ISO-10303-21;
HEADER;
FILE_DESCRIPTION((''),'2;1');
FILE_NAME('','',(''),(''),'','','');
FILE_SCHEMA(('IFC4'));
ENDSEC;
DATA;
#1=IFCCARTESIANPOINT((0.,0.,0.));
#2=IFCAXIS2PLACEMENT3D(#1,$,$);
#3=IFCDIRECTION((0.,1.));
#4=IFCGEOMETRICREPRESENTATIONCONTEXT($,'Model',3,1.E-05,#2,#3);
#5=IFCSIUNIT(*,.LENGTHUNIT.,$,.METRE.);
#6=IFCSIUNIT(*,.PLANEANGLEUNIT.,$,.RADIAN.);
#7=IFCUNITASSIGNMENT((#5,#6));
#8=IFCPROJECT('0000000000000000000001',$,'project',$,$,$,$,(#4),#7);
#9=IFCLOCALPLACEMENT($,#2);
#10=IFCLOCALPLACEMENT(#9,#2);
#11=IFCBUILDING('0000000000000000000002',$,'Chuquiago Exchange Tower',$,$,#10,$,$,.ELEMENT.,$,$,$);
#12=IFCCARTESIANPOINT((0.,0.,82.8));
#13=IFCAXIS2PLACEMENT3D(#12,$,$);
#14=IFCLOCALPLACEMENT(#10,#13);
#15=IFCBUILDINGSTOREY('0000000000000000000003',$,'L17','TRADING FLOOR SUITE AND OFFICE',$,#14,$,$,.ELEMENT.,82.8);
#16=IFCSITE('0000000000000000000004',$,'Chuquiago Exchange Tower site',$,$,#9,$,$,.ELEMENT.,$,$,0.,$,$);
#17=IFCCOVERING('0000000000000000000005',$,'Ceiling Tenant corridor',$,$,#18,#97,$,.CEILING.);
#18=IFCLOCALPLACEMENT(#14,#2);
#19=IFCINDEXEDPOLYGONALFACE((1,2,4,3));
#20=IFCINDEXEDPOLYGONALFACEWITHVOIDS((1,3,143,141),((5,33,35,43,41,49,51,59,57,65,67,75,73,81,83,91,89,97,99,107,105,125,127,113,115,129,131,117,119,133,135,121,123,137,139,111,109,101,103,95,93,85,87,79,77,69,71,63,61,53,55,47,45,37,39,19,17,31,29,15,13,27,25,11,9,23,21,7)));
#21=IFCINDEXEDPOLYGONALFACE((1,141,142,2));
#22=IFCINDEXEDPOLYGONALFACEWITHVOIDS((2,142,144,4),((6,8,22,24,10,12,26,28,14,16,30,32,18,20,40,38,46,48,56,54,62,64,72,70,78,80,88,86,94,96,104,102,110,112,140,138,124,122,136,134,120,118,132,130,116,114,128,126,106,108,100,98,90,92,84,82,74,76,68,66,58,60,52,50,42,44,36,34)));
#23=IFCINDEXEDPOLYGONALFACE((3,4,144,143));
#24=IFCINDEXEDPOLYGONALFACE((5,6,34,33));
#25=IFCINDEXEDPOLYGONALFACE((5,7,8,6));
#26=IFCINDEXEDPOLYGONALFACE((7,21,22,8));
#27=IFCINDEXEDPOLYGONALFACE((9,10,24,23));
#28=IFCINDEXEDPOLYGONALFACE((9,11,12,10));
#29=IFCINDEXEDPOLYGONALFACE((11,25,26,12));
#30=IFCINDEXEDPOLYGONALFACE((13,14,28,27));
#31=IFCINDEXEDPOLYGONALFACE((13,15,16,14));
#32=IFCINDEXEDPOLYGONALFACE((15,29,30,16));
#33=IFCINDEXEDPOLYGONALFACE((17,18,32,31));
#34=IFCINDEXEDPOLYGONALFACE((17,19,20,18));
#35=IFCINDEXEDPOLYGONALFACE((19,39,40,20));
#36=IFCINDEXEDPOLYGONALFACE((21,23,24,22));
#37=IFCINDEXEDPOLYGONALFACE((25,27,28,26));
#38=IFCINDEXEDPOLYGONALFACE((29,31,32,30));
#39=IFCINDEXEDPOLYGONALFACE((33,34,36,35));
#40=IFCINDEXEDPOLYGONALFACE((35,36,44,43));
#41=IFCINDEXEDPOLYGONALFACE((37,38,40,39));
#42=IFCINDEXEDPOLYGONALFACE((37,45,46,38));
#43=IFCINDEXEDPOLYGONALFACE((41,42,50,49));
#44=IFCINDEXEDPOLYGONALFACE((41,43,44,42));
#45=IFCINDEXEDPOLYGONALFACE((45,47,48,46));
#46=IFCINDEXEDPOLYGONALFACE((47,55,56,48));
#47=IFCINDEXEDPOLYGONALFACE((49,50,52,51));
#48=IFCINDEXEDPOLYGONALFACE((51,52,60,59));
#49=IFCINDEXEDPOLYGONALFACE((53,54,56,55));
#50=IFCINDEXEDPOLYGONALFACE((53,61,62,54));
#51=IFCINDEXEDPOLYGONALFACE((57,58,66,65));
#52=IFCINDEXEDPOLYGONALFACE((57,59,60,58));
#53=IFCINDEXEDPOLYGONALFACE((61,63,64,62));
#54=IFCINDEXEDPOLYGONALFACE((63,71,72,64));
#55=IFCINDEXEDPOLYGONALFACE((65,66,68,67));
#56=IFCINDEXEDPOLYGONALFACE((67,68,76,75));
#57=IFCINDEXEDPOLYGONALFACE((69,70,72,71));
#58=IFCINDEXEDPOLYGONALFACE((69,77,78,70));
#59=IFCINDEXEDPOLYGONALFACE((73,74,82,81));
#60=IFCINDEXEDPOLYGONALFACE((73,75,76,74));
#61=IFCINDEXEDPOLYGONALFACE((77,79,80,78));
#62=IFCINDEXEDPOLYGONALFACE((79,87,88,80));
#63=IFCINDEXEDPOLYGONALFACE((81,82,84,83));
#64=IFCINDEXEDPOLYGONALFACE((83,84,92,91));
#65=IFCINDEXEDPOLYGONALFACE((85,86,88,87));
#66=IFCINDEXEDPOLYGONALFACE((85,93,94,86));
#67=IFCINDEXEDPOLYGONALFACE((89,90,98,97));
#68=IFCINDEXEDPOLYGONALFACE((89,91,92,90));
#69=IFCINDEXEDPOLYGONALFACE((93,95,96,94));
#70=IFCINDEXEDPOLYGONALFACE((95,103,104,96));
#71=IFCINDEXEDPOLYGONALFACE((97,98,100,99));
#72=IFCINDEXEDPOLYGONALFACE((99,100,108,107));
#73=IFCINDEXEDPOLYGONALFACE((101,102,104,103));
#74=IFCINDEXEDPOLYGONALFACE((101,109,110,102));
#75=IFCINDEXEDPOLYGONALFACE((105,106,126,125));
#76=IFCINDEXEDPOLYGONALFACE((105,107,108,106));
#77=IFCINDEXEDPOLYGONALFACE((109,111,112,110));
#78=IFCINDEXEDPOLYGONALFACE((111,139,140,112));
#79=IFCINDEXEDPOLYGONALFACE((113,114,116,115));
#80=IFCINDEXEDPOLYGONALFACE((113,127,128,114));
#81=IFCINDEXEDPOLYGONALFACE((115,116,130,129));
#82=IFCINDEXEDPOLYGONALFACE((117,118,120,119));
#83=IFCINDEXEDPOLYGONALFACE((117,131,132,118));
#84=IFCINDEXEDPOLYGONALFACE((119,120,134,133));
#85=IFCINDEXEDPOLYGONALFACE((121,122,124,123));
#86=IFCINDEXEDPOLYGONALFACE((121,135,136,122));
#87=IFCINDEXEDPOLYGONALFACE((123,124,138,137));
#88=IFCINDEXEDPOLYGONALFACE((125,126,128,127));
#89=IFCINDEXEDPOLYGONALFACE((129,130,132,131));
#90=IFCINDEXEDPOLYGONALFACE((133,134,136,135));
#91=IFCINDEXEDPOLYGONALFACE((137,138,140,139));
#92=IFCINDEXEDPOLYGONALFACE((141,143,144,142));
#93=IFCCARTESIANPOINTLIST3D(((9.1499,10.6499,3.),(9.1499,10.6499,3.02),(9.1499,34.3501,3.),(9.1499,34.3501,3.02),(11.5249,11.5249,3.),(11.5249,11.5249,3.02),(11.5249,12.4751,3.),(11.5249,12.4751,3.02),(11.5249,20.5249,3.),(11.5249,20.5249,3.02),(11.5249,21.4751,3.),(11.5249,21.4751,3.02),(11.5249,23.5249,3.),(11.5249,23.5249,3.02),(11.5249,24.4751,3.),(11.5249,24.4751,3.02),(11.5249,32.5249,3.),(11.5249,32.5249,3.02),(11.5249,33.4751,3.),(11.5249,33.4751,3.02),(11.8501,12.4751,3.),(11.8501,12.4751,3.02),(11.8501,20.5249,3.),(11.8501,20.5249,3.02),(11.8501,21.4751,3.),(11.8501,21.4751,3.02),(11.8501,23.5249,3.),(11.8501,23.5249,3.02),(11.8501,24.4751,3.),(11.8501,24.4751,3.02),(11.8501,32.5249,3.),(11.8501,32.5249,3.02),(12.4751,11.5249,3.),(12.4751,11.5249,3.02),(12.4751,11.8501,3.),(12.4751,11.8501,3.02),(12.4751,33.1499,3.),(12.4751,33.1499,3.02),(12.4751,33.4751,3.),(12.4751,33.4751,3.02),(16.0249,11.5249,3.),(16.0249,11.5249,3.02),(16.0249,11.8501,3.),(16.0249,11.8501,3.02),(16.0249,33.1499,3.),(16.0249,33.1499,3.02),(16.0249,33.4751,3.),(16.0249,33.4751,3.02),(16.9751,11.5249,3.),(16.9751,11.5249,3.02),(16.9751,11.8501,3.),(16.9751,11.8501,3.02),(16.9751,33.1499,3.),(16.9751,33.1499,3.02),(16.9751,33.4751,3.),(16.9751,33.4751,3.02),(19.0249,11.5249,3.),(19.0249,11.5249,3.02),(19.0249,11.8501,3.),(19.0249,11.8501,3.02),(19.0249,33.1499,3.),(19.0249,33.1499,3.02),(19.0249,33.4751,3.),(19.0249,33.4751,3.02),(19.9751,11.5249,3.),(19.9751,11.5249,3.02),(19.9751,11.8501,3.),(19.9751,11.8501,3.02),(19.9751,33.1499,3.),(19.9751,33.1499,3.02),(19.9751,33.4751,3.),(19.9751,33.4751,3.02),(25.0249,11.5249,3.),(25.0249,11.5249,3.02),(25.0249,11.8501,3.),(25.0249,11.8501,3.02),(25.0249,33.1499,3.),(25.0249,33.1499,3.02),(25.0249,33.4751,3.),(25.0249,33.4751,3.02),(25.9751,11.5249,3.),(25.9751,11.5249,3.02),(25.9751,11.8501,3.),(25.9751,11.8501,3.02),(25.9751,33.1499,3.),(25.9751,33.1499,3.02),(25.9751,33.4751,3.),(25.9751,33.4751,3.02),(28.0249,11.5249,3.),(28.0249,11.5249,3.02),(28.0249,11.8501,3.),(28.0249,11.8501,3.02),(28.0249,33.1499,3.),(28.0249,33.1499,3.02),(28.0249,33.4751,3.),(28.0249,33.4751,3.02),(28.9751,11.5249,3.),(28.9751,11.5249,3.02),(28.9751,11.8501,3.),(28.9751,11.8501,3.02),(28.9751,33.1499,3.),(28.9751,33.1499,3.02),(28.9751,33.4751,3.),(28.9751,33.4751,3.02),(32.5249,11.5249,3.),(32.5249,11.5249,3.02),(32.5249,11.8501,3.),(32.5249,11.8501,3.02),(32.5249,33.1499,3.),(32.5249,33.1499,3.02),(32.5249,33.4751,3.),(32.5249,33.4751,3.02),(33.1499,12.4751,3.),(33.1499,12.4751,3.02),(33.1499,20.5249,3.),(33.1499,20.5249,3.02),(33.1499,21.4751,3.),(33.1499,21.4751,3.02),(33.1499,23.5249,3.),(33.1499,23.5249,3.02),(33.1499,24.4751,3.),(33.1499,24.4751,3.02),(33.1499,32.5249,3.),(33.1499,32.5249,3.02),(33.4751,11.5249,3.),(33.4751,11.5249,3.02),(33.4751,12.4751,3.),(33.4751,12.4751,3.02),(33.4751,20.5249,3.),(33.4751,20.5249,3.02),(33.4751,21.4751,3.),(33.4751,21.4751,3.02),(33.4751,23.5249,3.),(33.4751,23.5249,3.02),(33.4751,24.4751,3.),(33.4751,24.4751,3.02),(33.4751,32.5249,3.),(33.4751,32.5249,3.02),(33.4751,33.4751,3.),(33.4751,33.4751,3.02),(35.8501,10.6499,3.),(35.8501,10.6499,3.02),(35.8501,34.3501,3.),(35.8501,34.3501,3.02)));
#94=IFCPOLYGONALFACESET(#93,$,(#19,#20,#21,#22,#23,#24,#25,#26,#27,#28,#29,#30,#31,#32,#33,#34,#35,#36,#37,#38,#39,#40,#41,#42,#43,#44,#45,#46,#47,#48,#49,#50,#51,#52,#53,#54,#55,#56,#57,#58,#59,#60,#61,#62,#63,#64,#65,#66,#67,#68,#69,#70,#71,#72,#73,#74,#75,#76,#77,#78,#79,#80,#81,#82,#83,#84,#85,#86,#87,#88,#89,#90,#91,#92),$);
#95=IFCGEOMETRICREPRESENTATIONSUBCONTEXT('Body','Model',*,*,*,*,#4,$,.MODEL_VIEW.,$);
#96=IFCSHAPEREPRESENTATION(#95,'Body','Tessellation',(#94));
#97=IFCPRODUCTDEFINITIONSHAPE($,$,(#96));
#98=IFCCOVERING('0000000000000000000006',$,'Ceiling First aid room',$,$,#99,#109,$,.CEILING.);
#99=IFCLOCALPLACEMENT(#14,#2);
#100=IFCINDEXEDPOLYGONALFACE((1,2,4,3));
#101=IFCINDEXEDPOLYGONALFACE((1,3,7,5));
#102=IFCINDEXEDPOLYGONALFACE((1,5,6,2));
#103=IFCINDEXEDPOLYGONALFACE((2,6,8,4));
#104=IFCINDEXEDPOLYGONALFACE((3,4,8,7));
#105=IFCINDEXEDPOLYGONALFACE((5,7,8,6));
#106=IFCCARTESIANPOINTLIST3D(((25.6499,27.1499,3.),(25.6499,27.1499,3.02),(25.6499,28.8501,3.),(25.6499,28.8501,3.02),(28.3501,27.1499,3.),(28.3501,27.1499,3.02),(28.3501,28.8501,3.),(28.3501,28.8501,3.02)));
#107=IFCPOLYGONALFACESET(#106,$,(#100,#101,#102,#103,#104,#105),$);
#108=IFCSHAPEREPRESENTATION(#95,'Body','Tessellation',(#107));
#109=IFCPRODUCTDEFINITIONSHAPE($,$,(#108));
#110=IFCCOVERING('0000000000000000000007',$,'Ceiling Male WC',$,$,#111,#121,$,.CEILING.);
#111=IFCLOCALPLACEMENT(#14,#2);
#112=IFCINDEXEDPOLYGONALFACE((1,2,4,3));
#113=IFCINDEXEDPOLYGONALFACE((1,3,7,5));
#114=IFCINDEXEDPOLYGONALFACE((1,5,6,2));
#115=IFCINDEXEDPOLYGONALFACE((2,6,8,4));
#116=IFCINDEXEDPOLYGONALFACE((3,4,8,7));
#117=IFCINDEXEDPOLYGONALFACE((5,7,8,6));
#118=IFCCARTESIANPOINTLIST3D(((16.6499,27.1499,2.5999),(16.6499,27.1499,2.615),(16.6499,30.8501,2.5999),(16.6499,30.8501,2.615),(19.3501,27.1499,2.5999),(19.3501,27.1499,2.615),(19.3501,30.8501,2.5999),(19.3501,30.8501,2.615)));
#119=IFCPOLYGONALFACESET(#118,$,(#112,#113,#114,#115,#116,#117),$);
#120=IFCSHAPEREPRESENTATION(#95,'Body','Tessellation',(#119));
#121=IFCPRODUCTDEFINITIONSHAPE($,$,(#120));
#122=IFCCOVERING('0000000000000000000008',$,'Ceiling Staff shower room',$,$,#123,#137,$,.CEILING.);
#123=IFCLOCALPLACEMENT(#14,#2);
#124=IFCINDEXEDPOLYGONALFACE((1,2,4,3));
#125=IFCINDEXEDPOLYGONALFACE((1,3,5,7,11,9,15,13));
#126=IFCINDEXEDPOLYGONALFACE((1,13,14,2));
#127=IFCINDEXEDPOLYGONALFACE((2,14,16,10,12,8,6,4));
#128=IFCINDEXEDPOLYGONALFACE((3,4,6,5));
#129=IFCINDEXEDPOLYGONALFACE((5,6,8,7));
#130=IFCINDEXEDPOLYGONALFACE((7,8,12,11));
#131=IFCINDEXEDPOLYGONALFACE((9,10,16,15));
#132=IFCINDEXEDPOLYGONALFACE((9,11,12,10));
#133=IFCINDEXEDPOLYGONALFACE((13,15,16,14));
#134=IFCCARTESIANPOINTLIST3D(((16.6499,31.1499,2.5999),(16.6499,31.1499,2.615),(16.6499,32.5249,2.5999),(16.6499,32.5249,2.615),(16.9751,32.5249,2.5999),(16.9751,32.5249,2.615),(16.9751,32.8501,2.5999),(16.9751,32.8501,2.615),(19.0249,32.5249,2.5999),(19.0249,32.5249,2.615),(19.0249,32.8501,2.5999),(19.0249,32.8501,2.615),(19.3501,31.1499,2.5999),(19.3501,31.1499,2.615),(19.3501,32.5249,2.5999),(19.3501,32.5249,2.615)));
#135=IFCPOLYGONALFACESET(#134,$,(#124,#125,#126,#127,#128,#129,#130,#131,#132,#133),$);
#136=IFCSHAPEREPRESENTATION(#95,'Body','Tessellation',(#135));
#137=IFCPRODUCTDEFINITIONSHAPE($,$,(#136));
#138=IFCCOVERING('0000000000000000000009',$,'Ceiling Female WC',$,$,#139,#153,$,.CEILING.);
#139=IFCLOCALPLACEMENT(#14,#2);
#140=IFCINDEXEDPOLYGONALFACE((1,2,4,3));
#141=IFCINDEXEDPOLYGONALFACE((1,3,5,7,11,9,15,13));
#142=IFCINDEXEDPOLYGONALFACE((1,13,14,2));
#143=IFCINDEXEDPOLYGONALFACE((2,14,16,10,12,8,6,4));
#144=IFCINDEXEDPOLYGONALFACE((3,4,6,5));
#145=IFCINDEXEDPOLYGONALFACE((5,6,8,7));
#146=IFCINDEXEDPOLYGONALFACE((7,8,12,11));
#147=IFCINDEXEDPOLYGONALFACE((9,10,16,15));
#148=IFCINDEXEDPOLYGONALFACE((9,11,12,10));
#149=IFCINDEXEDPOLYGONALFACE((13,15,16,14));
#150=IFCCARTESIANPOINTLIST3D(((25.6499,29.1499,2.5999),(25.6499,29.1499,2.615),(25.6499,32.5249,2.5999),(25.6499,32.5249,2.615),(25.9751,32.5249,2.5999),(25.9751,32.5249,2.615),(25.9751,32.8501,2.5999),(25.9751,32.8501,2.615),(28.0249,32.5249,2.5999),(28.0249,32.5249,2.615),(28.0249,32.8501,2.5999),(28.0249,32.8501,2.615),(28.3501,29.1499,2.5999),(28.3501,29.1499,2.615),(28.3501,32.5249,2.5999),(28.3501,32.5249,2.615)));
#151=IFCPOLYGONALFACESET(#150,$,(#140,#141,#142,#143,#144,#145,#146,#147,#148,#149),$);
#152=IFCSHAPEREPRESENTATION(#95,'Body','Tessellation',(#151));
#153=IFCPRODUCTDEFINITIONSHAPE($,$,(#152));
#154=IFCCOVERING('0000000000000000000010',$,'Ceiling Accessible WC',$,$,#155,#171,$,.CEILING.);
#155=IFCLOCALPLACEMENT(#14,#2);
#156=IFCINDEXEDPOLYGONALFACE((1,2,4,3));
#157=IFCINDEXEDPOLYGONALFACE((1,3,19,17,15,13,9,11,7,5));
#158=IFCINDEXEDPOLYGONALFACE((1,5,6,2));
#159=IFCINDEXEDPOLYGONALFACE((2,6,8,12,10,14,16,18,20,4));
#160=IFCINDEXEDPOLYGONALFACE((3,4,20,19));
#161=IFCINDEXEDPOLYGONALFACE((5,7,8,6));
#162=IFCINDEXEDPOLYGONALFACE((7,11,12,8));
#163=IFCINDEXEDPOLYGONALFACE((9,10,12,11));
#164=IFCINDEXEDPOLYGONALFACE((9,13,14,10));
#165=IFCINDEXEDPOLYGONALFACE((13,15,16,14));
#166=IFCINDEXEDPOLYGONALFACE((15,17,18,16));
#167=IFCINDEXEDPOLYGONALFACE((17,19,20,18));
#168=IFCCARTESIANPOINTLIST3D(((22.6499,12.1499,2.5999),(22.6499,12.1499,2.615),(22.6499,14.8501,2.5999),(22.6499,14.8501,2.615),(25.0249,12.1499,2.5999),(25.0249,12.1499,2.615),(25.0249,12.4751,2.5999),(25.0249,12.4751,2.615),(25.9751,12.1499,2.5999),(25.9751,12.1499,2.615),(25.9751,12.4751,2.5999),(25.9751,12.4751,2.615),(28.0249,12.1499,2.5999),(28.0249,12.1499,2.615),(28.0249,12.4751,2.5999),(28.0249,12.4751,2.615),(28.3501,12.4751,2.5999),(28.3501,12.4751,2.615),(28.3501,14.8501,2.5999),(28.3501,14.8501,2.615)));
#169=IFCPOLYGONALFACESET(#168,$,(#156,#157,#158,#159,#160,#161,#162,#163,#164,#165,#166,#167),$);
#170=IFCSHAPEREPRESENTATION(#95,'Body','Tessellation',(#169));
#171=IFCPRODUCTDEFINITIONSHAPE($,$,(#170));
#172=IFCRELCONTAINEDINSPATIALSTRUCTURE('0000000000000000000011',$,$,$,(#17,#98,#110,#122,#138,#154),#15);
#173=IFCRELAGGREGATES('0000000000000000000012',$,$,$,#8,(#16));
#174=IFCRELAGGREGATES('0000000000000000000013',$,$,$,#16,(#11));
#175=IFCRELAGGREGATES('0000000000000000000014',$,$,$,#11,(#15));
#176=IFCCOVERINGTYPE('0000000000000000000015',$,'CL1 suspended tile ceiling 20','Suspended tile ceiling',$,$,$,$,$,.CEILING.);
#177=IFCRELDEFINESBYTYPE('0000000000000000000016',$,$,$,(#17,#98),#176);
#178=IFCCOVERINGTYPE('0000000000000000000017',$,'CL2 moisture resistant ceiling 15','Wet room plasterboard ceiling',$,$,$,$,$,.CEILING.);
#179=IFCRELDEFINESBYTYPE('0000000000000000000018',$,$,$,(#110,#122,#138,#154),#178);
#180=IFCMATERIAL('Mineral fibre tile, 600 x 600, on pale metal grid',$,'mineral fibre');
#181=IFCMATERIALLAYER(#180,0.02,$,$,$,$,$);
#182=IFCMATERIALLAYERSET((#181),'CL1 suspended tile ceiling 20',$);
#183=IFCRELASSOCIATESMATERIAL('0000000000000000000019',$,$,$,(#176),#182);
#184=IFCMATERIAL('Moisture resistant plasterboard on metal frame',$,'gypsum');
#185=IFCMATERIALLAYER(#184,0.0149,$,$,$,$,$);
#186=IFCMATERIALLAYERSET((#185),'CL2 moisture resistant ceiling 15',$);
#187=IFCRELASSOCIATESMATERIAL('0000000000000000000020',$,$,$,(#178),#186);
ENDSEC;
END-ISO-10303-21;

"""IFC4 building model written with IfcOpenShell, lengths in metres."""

from ifc_helpers import new_model, si_unit, direction, frame, origin, place, context, subcontext, project, spatial, polyline, outline, extrude, material, layer, layer_set, type_object, element, save


model = new_model("IFC4")

# Units and contexts
model_context = context("Model", 3, precision=1e-05, world=origin(), true_north=direction((0.0, 1.0)))
body_context = subcontext(model_context, "Body", "Model", "MODEL_VIEW")
ifc_project = project(units=[si_unit("LENGTHUNIT", "METRE"), si_unit("PLANEANGLEUNIT", "RADIAN")], contexts=[model_context])

# Site, building, storey
site_placement = place(None, origin())
site = spatial("IfcSite", under=ifc_project, at=site_placement, Name="Chuquiago Exchange Tower site", CompositionType="ELEMENT", RefElevation=0.0)
building_placement = place(site_placement, origin())
building = spatial("IfcBuilding", under=site, at=building_placement, Name="Chuquiago Exchange Tower", CompositionType="ELEMENT")
storey_placement = place(building_placement, frame((0.0, 0.0, 82.8)))
storey = spatial("IfcBuildingStorey", under=building, at=storey_placement, Name="L17", Description="TRADING FLOOR SUITE AND OFFICE", CompositionType="ELEMENT", Elevation=82.8)

# Coverings
ifc_material_1 = material(Name="Mineral fibre tile, 600 x 600, on pale metal grid", Category="mineral fibre")
ifc_layer_1 = layer(ifc_material_1, 0.02)
ifc_layer_set_1 = layer_set([ifc_layer_1], Name="CL1 suspended tile ceiling 20")
covering_type_1 = type_object("IfcCoveringType", Name="CL1 suspended tile ceiling 20", Description="Suspended tile ceiling", PredefinedType="CEILING", material=ifc_layer_set_1)
covering_1_placement = place(storey_placement, frame((0.0, 0.0, 3.0)))
element("IfcCovering", 1, at=covering_1_placement, inside=storey, type_object=covering_type_1, Name="Ceiling Tenant corridor", PredefinedType="CEILING", context=body_context, shape_type="SweptSolid", body=[
    extrude(outline(polyline([(9.1499, 34.3501), (35.8501, 34.3501), (35.8501, 10.6499), (9.1499, 10.6499), (9.1499, 34.3501)]), holes=[polyline([(11.8501, 24.4751), (11.5249, 24.4751), (11.5249, 23.5249), (11.8501, 23.5249), (11.8501, 21.4751), (11.5249, 21.4751), (11.5249, 20.5249), (11.8501, 20.5249), (11.8501, 12.4751), (11.5249, 12.4751), (11.5249, 11.5249), (12.4751, 11.5249), (12.4751, 11.8501), (16.0249, 11.8501), (16.0249, 11.5249), (16.9751, 11.5249), (16.9751, 11.8501), (19.0249, 11.8501), (19.0249, 11.5249), (19.9751, 11.5249), (19.9751, 11.8501), (25.0249, 11.8501), (25.0249, 11.5249), (25.9751, 11.5249), (25.9751, 11.8501), (28.0249, 11.8501), (28.0249, 11.5249), (28.9751, 11.5249), (28.9751, 11.8501), (32.5249, 11.8501), (32.5249, 11.5249), (33.4751, 11.5249), (33.4751, 12.4751), (33.1499, 12.4751), (33.1499, 20.5249), (33.4751, 20.5249), (33.4751, 21.4751), (33.1499, 21.4751), (33.1499, 23.5249), (33.4751, 23.5249), (33.4751, 24.4751), (33.1499, 24.4751), (33.1499, 32.5249), (33.4751, 32.5249), (33.4751, 33.4751), (32.5249, 33.4751), (32.5249, 33.1499), (28.9751, 33.1499), (28.9751, 33.4751), (28.0249, 33.4751), (28.0249, 33.1499), (25.9751, 33.1499), (25.9751, 33.4751), (25.0249, 33.4751), (25.0249, 33.1499), (19.9751, 33.1499), (19.9751, 33.4751), (19.0249, 33.4751), (19.0249, 33.1499), (16.9751, 33.1499), (16.9751, 33.4751), (16.0249, 33.4751), (16.0249, 33.1499), (12.4751, 33.1499), (12.4751, 33.4751), (11.5249, 33.4751), (11.5249, 32.5249), (11.8501, 32.5249), (11.8501, 24.4751)])]), origin(), (0.0, 0.0, 1.0), 0.02),
])
covering_2_placement = place(storey_placement, frame((0.0, 0.0, 3.0)))
element("IfcCovering", 2, at=covering_2_placement, inside=storey, type_object=covering_type_1, Name="Ceiling First aid room", PredefinedType="CEILING", context=body_context, shape_type="SweptSolid", body=[
    extrude(outline(polyline([(25.6499, 27.1499), (25.6499, 28.8501), (28.3501, 28.8501), (28.3501, 27.1499), (25.6499, 27.1499)])), origin(), (0.0, 0.0, 1.0), 0.02),
])
ifc_material_2 = material(Name="Moisture resistant plasterboard on metal frame", Category="gypsum")
ifc_layer_2 = layer(ifc_material_2, 0.0149)
ifc_layer_set_2 = layer_set([ifc_layer_2], Name="CL2 moisture resistant ceiling 15")
covering_type_2 = type_object("IfcCoveringType", Name="CL2 moisture resistant ceiling 15", Description="Wet room plasterboard ceiling", PredefinedType="CEILING", material=ifc_layer_set_2)
covering_3_placement = place(storey_placement, frame((0.0, 0.0, 2.5999)))
element("IfcCovering", 3, at=covering_3_placement, inside=storey, type_object=covering_type_2, Name="Ceiling Male WC", PredefinedType="CEILING", context=body_context, shape_type="SweptSolid", body=[
    extrude(outline(polyline([(16.6499, 27.1499), (16.6499, 30.8501), (19.3501, 30.8501), (19.3501, 27.1499), (16.6499, 27.1499)])), origin(), (0.0, 0.0, 1.0), 0.0151),
])
covering_4_placement = place(storey_placement, frame((0.0, 0.0, 2.5999)))
element("IfcCovering", 4, at=covering_4_placement, inside=storey, type_object=covering_type_2, Name="Ceiling Staff shower room", PredefinedType="CEILING", context=body_context, shape_type="SweptSolid", body=[
    extrude(outline(polyline([(16.6499, 31.1499), (16.6499, 32.5249), (16.9751, 32.5249), (16.9751, 32.8501), (19.0249, 32.8501), (19.0249, 32.5249), (19.3501, 32.5249), (19.3501, 31.1499), (16.6499, 31.1499)])), origin(), (0.0, 0.0, 1.0), 0.0151),
])
covering_5_placement = place(storey_placement, frame((0.0, 0.0, 2.5999)))
element("IfcCovering", 5, at=covering_5_placement, inside=storey, type_object=covering_type_2, Name="Ceiling Female WC", PredefinedType="CEILING", context=body_context, shape_type="SweptSolid", body=[
    extrude(outline(polyline([(25.6499, 29.1499), (25.6499, 32.5249), (25.9751, 32.5249), (25.9751, 32.8501), (28.0249, 32.8501), (28.0249, 32.5249), (28.3501, 32.5249), (28.3501, 29.1499), (25.6499, 29.1499)])), origin(), (0.0, 0.0, 1.0), 0.0151),
])
covering_6_placement = place(storey_placement, frame((0.0, 0.0, 2.5999)))
element("IfcCovering", 6, at=covering_6_placement, inside=storey, type_object=covering_type_2, Name="Ceiling Accessible WC", PredefinedType="CEILING", context=body_context, shape_type="SweptSolid", body=[
    extrude(outline(polyline([(25.9751, 12.1499), (25.9751, 12.4751), (25.0249, 12.4751), (25.0249, 12.1499), (22.6499, 12.1499), (22.6499, 14.8501), (28.3501, 14.8501), (28.3501, 12.4751), (28.0249, 12.4751), (28.0249, 12.1499), (25.9751, 12.1499)])), origin(), (0.0, 0.0, 1.0), 0.0151),
])

save(model, "model.ifc")
